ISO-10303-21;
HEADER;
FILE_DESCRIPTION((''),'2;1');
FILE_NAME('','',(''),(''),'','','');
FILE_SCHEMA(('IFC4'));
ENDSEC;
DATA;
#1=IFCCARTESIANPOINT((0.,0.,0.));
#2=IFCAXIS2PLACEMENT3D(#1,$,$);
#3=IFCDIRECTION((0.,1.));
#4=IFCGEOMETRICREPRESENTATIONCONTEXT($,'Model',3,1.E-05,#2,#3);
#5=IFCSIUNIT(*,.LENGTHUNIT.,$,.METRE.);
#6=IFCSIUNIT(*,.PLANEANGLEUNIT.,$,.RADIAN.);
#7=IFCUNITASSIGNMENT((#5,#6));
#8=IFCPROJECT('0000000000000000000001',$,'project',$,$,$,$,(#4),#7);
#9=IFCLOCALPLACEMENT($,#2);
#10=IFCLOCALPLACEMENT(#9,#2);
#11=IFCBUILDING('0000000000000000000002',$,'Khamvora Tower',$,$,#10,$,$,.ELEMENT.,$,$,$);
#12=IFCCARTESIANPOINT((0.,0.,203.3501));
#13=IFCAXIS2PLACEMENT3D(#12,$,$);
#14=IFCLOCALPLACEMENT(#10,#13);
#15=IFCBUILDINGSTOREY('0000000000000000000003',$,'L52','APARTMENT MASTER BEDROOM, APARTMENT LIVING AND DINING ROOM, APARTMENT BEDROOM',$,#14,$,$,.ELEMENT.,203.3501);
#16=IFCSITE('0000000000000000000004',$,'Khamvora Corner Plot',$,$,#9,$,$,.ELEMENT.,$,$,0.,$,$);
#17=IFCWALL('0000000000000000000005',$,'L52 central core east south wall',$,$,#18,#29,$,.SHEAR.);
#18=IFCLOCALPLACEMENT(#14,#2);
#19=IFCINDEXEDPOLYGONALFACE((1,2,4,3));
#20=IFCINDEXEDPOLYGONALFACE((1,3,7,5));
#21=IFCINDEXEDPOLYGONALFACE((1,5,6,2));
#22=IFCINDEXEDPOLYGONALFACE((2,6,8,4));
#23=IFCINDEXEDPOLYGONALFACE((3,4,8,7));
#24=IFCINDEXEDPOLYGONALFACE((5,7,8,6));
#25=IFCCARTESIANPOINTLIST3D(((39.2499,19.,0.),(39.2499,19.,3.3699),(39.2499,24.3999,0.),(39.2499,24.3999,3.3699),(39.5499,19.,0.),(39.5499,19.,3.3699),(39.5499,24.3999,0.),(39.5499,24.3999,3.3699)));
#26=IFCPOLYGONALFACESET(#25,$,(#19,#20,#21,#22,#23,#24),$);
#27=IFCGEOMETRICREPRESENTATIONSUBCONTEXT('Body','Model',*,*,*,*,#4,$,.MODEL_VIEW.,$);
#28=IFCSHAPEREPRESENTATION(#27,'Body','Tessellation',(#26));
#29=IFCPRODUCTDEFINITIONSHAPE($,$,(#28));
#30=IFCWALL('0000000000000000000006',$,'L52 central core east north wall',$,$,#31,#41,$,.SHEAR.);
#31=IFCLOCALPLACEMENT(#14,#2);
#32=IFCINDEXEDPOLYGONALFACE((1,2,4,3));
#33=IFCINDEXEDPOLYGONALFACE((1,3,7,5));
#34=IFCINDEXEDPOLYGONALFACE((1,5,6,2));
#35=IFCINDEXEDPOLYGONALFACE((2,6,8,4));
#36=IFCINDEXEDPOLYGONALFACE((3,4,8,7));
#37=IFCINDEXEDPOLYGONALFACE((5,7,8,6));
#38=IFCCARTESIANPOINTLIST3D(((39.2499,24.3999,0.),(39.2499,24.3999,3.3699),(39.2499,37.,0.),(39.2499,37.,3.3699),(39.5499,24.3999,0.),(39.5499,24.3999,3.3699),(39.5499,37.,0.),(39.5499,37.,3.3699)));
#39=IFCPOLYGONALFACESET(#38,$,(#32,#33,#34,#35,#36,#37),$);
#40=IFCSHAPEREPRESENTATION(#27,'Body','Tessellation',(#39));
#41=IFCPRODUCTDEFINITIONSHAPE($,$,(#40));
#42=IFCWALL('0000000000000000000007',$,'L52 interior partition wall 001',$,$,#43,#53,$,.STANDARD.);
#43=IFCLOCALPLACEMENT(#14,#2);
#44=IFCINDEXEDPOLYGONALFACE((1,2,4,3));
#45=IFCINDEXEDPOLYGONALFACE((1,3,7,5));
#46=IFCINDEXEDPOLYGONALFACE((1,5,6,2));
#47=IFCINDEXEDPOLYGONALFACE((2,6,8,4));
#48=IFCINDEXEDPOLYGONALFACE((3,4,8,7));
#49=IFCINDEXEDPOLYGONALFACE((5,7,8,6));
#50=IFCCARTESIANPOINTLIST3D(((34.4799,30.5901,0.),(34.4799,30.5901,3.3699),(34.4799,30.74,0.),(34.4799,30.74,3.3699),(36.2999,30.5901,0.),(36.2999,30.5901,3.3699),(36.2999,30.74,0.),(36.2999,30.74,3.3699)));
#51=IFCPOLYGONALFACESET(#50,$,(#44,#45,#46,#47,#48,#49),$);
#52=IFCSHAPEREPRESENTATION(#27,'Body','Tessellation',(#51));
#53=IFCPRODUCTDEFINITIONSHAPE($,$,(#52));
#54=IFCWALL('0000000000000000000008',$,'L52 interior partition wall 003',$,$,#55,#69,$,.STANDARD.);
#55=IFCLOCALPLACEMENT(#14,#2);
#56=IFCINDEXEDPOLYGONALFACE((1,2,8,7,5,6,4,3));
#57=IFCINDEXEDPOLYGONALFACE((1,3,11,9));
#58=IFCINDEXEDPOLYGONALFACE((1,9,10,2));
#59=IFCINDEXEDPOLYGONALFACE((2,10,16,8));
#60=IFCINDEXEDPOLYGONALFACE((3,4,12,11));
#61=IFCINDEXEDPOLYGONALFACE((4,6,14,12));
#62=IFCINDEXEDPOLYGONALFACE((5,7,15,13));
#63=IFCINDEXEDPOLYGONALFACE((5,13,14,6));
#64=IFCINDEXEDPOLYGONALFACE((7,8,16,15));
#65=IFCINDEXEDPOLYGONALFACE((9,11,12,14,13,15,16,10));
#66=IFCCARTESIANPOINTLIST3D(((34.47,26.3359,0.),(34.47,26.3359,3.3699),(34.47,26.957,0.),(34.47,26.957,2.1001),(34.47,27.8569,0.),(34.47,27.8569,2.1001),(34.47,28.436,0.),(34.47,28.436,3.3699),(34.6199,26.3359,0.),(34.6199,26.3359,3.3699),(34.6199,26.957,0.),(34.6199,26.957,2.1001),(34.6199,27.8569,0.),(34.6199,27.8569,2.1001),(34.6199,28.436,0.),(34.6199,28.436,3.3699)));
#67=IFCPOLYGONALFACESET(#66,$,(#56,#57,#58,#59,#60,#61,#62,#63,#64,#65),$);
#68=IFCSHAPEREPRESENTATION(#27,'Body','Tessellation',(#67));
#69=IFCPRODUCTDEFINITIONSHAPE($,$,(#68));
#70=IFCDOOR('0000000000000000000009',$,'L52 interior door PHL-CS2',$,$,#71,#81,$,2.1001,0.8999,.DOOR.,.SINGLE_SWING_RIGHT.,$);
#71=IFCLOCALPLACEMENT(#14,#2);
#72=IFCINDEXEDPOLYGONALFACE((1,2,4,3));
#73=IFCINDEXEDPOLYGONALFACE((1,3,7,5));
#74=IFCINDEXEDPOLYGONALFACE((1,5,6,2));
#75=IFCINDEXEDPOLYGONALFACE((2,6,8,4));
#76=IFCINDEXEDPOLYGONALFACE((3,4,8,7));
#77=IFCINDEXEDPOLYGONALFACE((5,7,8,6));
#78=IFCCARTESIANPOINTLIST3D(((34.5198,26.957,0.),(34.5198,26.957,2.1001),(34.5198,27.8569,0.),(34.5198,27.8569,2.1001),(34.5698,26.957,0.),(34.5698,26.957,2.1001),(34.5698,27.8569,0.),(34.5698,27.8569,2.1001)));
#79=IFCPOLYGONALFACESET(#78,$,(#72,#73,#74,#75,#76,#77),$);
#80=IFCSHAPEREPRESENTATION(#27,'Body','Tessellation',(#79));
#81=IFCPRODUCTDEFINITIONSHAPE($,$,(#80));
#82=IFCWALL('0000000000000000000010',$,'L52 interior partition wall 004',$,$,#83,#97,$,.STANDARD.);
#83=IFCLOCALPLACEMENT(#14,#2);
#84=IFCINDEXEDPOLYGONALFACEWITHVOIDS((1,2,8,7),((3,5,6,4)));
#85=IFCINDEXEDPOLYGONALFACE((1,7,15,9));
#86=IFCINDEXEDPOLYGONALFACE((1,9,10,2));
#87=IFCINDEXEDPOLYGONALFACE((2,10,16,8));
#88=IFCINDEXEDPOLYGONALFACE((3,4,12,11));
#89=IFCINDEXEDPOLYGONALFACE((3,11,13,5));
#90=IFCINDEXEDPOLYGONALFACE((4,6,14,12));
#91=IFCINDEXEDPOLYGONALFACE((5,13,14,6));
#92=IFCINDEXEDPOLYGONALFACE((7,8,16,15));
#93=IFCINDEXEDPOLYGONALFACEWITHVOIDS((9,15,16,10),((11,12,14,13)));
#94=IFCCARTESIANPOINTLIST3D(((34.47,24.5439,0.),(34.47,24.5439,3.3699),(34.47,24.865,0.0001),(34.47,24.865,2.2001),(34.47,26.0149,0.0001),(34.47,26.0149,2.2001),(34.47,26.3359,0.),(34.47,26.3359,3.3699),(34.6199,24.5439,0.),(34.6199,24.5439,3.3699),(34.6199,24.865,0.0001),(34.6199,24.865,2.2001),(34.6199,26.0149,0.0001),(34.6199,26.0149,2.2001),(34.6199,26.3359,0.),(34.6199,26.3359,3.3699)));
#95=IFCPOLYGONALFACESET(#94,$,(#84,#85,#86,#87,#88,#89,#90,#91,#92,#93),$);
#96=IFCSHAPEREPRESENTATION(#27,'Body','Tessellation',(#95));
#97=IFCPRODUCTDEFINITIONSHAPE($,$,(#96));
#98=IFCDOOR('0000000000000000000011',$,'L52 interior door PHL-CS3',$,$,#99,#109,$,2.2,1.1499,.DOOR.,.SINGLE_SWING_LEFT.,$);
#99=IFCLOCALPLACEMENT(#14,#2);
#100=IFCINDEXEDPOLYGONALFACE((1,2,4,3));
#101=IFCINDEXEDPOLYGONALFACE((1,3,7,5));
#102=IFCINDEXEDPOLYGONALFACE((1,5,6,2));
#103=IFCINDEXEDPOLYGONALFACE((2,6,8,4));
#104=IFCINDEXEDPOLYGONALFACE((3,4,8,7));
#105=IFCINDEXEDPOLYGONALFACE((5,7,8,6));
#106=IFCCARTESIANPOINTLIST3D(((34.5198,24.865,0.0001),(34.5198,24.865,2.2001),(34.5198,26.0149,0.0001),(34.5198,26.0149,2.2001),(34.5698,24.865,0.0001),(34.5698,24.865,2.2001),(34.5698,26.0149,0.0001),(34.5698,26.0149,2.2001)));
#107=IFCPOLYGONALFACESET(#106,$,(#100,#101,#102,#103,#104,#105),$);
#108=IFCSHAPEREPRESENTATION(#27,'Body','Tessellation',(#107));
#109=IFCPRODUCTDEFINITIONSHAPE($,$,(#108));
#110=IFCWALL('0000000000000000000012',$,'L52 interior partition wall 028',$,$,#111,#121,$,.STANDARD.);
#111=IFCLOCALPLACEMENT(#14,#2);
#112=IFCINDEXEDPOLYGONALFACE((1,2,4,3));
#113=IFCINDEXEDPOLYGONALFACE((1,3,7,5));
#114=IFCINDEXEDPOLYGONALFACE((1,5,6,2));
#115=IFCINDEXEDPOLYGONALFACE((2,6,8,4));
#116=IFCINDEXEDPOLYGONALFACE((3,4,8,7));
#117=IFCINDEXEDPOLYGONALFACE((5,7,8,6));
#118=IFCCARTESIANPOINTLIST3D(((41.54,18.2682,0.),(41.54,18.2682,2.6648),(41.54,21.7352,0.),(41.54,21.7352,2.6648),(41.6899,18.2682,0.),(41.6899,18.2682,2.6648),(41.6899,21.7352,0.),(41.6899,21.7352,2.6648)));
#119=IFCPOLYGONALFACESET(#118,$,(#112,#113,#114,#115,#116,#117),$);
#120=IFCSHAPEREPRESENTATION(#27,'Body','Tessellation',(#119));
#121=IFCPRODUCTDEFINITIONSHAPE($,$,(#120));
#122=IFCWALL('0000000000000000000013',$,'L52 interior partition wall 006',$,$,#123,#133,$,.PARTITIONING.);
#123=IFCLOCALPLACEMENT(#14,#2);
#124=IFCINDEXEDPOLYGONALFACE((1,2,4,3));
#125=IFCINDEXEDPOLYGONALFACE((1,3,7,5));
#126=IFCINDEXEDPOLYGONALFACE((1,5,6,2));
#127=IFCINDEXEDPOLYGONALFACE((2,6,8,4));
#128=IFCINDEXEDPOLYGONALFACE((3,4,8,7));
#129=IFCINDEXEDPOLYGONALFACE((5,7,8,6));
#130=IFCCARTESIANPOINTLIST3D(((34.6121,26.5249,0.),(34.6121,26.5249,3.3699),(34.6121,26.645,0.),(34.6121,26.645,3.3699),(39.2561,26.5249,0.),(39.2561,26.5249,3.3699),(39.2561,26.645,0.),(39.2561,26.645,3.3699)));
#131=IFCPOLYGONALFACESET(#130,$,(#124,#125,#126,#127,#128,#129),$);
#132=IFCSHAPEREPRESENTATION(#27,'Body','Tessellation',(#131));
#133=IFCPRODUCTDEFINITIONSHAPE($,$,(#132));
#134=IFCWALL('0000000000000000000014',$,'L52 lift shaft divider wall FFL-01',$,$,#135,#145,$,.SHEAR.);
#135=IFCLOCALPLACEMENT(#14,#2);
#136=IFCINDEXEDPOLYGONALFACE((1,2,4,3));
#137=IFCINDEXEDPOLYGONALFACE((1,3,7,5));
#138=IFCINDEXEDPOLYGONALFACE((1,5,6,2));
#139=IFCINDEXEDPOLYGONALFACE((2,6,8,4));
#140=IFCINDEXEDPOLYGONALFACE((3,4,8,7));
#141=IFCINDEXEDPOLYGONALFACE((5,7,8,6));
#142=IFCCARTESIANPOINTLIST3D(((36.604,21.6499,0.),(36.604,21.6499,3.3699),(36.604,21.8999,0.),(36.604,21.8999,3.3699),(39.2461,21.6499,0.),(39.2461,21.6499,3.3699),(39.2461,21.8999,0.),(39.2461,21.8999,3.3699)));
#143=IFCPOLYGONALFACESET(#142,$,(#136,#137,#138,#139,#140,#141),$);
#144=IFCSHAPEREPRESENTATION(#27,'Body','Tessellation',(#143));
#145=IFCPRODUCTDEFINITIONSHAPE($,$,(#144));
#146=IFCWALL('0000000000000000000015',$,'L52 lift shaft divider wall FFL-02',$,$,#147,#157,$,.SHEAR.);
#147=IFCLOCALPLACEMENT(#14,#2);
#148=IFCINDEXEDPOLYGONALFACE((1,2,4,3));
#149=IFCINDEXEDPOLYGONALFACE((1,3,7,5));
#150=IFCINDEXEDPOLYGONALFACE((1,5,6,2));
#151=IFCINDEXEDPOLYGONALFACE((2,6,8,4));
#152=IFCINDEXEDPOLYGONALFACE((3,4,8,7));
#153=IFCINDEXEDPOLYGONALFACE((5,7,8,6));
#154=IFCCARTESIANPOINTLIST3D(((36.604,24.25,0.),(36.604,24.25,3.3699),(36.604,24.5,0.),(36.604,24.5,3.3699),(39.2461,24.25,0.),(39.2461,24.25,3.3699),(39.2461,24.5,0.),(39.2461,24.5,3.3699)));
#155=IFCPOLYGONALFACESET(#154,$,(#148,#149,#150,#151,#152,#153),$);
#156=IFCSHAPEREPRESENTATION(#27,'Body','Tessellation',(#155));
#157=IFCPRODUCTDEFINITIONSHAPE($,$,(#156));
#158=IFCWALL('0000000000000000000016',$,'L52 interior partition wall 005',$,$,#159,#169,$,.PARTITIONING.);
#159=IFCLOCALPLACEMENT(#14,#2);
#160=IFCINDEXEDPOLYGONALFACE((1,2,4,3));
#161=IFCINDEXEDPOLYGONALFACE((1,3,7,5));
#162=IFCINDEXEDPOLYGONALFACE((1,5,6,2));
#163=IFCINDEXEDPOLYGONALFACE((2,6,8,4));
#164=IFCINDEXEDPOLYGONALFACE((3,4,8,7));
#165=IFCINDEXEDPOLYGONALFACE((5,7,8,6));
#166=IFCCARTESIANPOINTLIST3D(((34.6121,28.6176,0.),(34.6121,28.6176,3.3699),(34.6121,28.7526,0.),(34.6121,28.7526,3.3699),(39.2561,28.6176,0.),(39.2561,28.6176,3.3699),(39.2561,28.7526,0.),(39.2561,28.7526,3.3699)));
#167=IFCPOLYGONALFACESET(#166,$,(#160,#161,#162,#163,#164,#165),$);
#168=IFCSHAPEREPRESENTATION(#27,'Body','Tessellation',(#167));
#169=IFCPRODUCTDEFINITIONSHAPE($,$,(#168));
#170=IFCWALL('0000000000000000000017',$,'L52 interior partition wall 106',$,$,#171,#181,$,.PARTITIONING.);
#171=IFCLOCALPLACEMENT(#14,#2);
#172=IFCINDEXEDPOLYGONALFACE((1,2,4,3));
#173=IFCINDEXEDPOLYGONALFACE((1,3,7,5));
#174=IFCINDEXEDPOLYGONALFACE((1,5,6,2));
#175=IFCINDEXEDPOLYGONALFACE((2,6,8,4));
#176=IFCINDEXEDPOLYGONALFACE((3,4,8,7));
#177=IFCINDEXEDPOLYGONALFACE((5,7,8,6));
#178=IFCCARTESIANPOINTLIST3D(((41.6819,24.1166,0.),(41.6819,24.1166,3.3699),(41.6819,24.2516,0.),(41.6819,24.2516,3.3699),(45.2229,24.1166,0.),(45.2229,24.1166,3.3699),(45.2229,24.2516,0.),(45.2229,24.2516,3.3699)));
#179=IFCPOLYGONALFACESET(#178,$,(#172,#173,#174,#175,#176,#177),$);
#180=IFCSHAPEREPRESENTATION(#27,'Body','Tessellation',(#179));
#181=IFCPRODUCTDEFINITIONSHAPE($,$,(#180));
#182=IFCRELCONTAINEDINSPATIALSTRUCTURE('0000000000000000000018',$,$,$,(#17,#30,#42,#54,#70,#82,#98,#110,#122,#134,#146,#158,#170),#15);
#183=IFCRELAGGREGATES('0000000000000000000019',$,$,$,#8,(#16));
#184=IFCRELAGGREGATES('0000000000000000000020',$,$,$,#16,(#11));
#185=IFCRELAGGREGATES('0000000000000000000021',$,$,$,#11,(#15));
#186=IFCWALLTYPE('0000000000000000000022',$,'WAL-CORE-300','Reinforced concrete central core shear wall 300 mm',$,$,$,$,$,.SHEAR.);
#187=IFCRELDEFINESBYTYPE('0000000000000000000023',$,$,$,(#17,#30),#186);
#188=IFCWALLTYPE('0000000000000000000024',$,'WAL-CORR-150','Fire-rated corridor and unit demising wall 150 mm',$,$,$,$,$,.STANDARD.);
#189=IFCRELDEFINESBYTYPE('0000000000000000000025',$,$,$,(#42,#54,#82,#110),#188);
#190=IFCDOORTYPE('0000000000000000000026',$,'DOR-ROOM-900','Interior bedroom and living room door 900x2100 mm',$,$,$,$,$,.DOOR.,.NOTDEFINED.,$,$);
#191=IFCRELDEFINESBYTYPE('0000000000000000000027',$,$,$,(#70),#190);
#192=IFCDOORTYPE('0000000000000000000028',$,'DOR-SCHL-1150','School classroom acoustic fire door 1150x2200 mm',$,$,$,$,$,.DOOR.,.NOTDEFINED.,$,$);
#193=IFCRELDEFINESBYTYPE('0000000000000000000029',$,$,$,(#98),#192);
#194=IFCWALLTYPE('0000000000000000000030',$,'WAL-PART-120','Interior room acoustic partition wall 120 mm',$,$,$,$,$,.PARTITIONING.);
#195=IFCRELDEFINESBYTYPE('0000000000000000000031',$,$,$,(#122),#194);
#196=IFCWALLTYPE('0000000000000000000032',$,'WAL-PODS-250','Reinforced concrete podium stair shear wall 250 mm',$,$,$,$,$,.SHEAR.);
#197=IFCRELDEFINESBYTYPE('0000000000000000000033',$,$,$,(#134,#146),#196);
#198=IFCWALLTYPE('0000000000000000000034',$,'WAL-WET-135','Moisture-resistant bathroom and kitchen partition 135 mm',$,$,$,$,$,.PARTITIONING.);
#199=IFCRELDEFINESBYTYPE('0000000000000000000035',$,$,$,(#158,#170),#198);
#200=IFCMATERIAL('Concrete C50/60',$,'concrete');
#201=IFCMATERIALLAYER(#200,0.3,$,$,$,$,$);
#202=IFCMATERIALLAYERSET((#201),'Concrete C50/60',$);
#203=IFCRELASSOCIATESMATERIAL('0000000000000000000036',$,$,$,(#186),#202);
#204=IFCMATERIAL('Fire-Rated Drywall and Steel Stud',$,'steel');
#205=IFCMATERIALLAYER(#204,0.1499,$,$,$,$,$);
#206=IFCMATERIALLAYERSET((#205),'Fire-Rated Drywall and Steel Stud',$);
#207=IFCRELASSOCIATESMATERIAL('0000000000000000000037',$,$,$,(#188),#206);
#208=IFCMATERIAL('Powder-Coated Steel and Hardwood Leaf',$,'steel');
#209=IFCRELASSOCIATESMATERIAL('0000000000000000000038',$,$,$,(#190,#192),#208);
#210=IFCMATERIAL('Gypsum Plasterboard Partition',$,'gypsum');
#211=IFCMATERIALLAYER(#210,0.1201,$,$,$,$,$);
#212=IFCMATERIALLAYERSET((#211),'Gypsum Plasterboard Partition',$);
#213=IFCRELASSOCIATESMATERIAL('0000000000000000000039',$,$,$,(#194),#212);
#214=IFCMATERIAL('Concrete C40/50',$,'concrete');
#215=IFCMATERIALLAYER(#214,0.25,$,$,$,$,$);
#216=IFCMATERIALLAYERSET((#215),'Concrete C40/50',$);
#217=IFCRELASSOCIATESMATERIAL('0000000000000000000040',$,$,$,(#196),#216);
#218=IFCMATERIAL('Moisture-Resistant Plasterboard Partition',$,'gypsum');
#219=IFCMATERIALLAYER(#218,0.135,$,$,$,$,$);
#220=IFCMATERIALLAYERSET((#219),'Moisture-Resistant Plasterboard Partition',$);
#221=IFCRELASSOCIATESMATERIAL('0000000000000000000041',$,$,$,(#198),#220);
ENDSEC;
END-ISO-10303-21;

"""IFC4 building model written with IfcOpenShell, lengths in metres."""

from ifc_helpers import new_model, si_unit, direction, frame, frame_2d, origin, place, context, subcontext, project, spatial, rectangle, extrude, material, layer, layer_set, type_object, element, fill, save


model = new_model("IFC4")

# Units and contexts
model_context = context("Model", 3, precision=1e-05, world=origin(), true_north=direction((0.0, 1.0)))
body_context = subcontext(model_context, "Body", "Model", "MODEL_VIEW")
ifc_project = project(units=[si_unit("LENGTHUNIT", "METRE"), si_unit("PLANEANGLEUNIT", "RADIAN")], contexts=[model_context])

# Site, building, storey
site_placement = place(None, origin())
site = spatial("IfcSite", under=ifc_project, at=site_placement, Name="Khamvora Corner Plot", CompositionType="ELEMENT", RefElevation=0.0)
building_placement = place(site_placement, origin())
building = spatial("IfcBuilding", under=site, at=building_placement, Name="Khamvora Tower", CompositionType="ELEMENT")
storey_placement = place(building_placement, frame((0.0, 0.0, 203.3501)))
storey = spatial("IfcBuildingStorey", under=building, at=storey_placement, Name="L52", Description="APARTMENT MASTER BEDROOM, APARTMENT LIVING AND DINING ROOM, APARTMENT BEDROOM", CompositionType="ELEMENT", Elevation=203.3501)

# Walls
ifc_material_1 = material(Name="Concrete C50/60", Category="concrete")
ifc_layer_1 = layer(ifc_material_1, 0.3)
ifc_layer_set_1 = layer_set([ifc_layer_1], Name="Concrete C50/60")
wall_type_1 = type_object("IfcWallType", Name="WAL-CORE-300", Description="Reinforced concrete central core shear wall 300 mm", PredefinedType="SHEAR", material=ifc_layer_set_1)
wall_1_placement = place(storey_placement, frame((39.3999, 19.0, 0.0), z_axis=(0.0, 0.0, 1.0), x_axis=(0.0, 1.0, 0.0)))
element("IfcWall", 1, at=wall_1_placement, inside=storey, type_object=wall_type_1, Name="L52 central core east south wall", PredefinedType="SHEAR", context=body_context, shape_type="SweptSolid", body=[
    extrude(rectangle(XDim=5.3999, YDim=0.3, at=frame_2d((2.7, 0.0))), origin(), (0.0, 0.0, 1.0), 3.3699),
])
wall_2_placement = place(storey_placement, frame((39.3999, 24.3999, 0.0), z_axis=(0.0, 0.0, 1.0), x_axis=(0.0, 1.0, 0.0)))
element("IfcWall", 2, at=wall_2_placement, inside=storey, type_object=wall_type_1, Name="L52 central core east north wall", PredefinedType="SHEAR", context=body_context, shape_type="SweptSolid", body=[
    extrude(rectangle(XDim=12.6001, YDim=0.3, at=frame_2d((6.3, 0.0))), origin(), (0.0, 0.0, 1.0), 3.3699),
])

# Shared definitions
ifc_material_2 = material(Name="Powder-Coated Steel and Hardwood Leaf", Category="steel")

# Wall
ifc_material_3 = material(Name="Fire-Rated Drywall and Steel Stud", Category="steel")
ifc_layer_2 = layer(ifc_material_3, 0.1499)
ifc_layer_set_2 = layer_set([ifc_layer_2], Name="Fire-Rated Drywall and Steel Stud")
wall_type_2 = type_object("IfcWallType", Name="WAL-CORR-150", Description="Fire-rated corridor and unit demising wall 150 mm", PredefinedType="STANDARD", material=ifc_layer_set_2)
wall_3_placement = place(storey_placement, frame((36.3, 30.665, 0.0), z_axis=(0.0, 0.0, 1.0), x_axis=(-1.0, 0.0, 0.0)))
element("IfcWall", 3, at=wall_3_placement, inside=storey, type_object=wall_type_2, Name="L52 interior partition wall 001", PredefinedType="STANDARD", context=body_context, shape_type="SweptSolid", body=[
    extrude(rectangle(XDim=1.8201, YDim=0.1499, at=frame_2d((0.9102, 0.0))), origin(), (0.0, 0.0, 1.0), 3.3699),
])

# Walls, openings, doors
wall_4_placement = place(storey_placement, frame((34.5449, 28.436, 0.0), z_axis=(0.0, 0.0, 1.0), x_axis=(0.0, -1.0, 0.0)))
wall_4 = element("IfcWall", 4, at=wall_4_placement, inside=storey, type_object=wall_type_2, Name="L52 interior partition wall 003", PredefinedType="STANDARD", context=body_context, shape_type="SweptSolid", body=[
    extrude(rectangle(XDim=2.1001, YDim=0.1499, at=frame_2d((1.05, 0.0))), origin(), (0.0, 0.0, 1.0), 3.3699),
])
opening_1_placement = place(wall_4_placement, frame((0.5791, 0.0, 0.0)))
opening_1 = element("IfcOpeningElement", 5, at=opening_1_placement, cuts=wall_4, PredefinedType="OPENING", context=body_context, shape_type="SweptSolid", body=[
    extrude(rectangle(XDim=0.8999, YDim=2.1001, at=frame_2d((0.45, 1.05))), frame((0.0, 0.085, 0.0), z_axis=(0.0, -1.0, 0.0), x_axis=(1.0, 0.0, 0.0)), (0.0, 0.0, 1.0), 0.1699),
])
door_type_1 = type_object("IfcDoorType", Name="DOR-ROOM-900", Description="Interior bedroom and living room door 900x2100 mm", OperationType="NOTDEFINED", PredefinedType="DOOR", material=ifc_material_2)
door_1_placement = place(opening_1_placement, origin())
door_1 = element("IfcDoor", 6, at=door_1_placement, inside=storey, type_object=door_type_1, Name="L52 interior door PHL-CS2", OperationType="SINGLE_SWING_RIGHT", OverallHeight=2.1001, OverallWidth=0.8999, PredefinedType="DOOR", context=body_context, shape_type="SweptSolid", body=[
    extrude(rectangle(XDim=0.8999, YDim=2.1001, at=frame_2d((0.45, 1.05))), frame((0.0, 0.0249, 0.0), z_axis=(0.0, -1.0, 0.0), x_axis=(1.0, 0.0, 0.0)), (0.0, 0.0, 1.0), 0.05),
])
fill(opening_1, door_1)
wall_5_placement = place(storey_placement, frame((34.5449, 26.3359, 0.0), z_axis=(0.0, 0.0, 1.0), x_axis=(0.0, -1.0, 0.0)))
wall_5 = element("IfcWall", 7, at=wall_5_placement, inside=storey, type_object=wall_type_2, Name="L52 interior partition wall 004", PredefinedType="STANDARD", context=body_context, shape_type="SweptSolid", body=[
    extrude(rectangle(XDim=1.792, YDim=0.1499, at=frame_2d((0.896, 0.0))), origin(), (0.0, 0.0, 1.0), 3.3699),
])
opening_2_placement = place(wall_5_placement, frame((0.321, 0.0, 0.0)))
opening_2 = element("IfcOpeningElement", 8, at=opening_2_placement, cuts=wall_5, PredefinedType="OPENING", context=body_context, shape_type="SweptSolid", body=[
    extrude(rectangle(XDim=1.1499, YDim=2.2, at=frame_2d((0.575, 1.1001))), frame((0.0, 0.085, 0.0), z_axis=(0.0, -1.0, 0.0), x_axis=(1.0, 0.0, 0.0)), (0.0, 0.0, 1.0), 0.1699),
])
door_type_2 = type_object("IfcDoorType", Name="DOR-SCHL-1150", Description="School classroom acoustic fire door 1150x2200 mm", OperationType="NOTDEFINED", PredefinedType="DOOR", material=ifc_material_2)
door_2_placement = place(opening_2_placement, origin())
door_2 = element("IfcDoor", 9, at=door_2_placement, inside=storey, type_object=door_type_2, Name="L52 interior door PHL-CS3", OperationType="SINGLE_SWING_LEFT", OverallHeight=2.2, OverallWidth=1.1499, PredefinedType="DOOR", context=body_context, shape_type="SweptSolid", body=[
    extrude(rectangle(XDim=1.1499, YDim=2.2, at=frame_2d((0.575, 1.1001))), frame((0.0, 0.0249, 0.0), z_axis=(0.0, -1.0, 0.0), x_axis=(1.0, 0.0, 0.0)), (0.0, 0.0, 1.0), 0.05),
])
fill(opening_2, door_2)

# Walls
wall_6_placement = place(storey_placement, frame((41.615, 21.7351, 0.0), z_axis=(0.0, 0.0, 1.0), x_axis=(0.0, -1.0, 0.0)))
element("IfcWall", 10, at=wall_6_placement, inside=storey, type_object=wall_type_2, Name="L52 interior partition wall 028", PredefinedType="STANDARD", context=body_context, shape_type="SweptSolid", body=[
    extrude(rectangle(XDim=3.467, YDim=0.1499, at=frame_2d((1.7334, 0.0))), origin(), (0.0, 0.0, 1.0), 2.6648),
])
ifc_material_4 = material(Name="Gypsum Plasterboard Partition", Category="gypsum")
ifc_layer_3 = layer(ifc_material_4, 0.1201)
ifc_layer_set_3 = layer_set([ifc_layer_3], Name="Gypsum Plasterboard Partition")
wall_type_3 = type_object("IfcWallType", Name="WAL-PART-120", Description="Interior room acoustic partition wall 120 mm", PredefinedType="PARTITIONING", material=ifc_layer_set_3)
wall_7_placement = place(storey_placement, frame((39.2561, 26.585, 0.0), z_axis=(0.0, 0.0, 1.0), x_axis=(-1.0, 0.0, 0.0)))
element("IfcWall", 11, at=wall_7_placement, inside=storey, type_object=wall_type_3, Name="L52 interior partition wall 006", PredefinedType="PARTITIONING", context=body_context, shape_type="SweptSolid", body=[
    extrude(rectangle(XDim=4.644, YDim=0.1201, at=frame_2d((2.322, 0.0))), origin(), (0.0, 0.0, 1.0), 3.3699),
])
ifc_material_5 = material(Name="Concrete C40/50", Category="concrete")
ifc_layer_4 = layer(ifc_material_5, 0.25)
ifc_layer_set_4 = layer_set([ifc_layer_4], Name="Concrete C40/50")
wall_type_4 = type_object("IfcWallType", Name="WAL-PODS-250", Description="Reinforced concrete podium stair shear wall 250 mm", PredefinedType="SHEAR", material=ifc_layer_set_4)
for number, where, z_axis, x_axis, name in (
    (12, (36.604, 21.7749, 0.0), (0.0, 0.0, 1.0), (1.0, 0.0, 0.0), "L52 lift shaft divider wall FFL-01"),
    (13, (36.604, 24.375, 0.0), (0.0, 0.0, 1.0), (1.0, 0.0, 0.0), "L52 lift shaft divider wall FFL-02"),
):
    element("IfcWall", number, at=place(storey_placement, frame(where, z_axis=z_axis, x_axis=x_axis)), inside=storey, type_object=wall_type_4, Name=name, PredefinedType="SHEAR", context=body_context, shape_type="SweptSolid", body=[
        extrude(rectangle(XDim=2.6421, YDim=0.25, at=frame_2d((1.321, 0.0))), origin(), (0.0, 0.0, 1.0), 3.3699),
    ])
ifc_material_6 = material(Name="Moisture-Resistant Plasterboard Partition", Category="gypsum")
ifc_layer_5 = layer(ifc_material_6, 0.135)
ifc_layer_set_5 = layer_set([ifc_layer_5], Name="Moisture-Resistant Plasterboard Partition")
wall_type_5 = type_object("IfcWallType", Name="WAL-WET-135", Description="Moisture-resistant bathroom and kitchen partition 135 mm", PredefinedType="PARTITIONING", material=ifc_layer_set_5)
wall_8_placement = place(storey_placement, frame((39.2561, 28.6851, 0.0), z_axis=(0.0, 0.0, 1.0), x_axis=(-1.0, 0.0, 0.0)))
element("IfcWall", 14, at=wall_8_placement, inside=storey, type_object=wall_type_5, Name="L52 interior partition wall 005", PredefinedType="PARTITIONING", context=body_context, shape_type="SweptSolid", body=[
    extrude(rectangle(XDim=4.644, YDim=0.135, at=frame_2d((2.322, 0.0))), origin(), (0.0, 0.0, 1.0), 3.3699),
])
wall_9_placement = place(storey_placement, frame((41.6819, 24.1841, 0.0), z_axis=(0.0, 0.0, 1.0), x_axis=(1.0, 0.0, 0.0)))
element("IfcWall", 15, at=wall_9_placement, inside=storey, type_object=wall_type_5, Name="L52 interior partition wall 106", PredefinedType="PARTITIONING", context=body_context, shape_type="SweptSolid", body=[
    extrude(rectangle(XDim=3.541, YDim=0.135, at=frame_2d((1.7705, 0.0))), origin(), (0.0, 0.0, 1.0), 3.3699),
])

save(model, "model.ifc")
